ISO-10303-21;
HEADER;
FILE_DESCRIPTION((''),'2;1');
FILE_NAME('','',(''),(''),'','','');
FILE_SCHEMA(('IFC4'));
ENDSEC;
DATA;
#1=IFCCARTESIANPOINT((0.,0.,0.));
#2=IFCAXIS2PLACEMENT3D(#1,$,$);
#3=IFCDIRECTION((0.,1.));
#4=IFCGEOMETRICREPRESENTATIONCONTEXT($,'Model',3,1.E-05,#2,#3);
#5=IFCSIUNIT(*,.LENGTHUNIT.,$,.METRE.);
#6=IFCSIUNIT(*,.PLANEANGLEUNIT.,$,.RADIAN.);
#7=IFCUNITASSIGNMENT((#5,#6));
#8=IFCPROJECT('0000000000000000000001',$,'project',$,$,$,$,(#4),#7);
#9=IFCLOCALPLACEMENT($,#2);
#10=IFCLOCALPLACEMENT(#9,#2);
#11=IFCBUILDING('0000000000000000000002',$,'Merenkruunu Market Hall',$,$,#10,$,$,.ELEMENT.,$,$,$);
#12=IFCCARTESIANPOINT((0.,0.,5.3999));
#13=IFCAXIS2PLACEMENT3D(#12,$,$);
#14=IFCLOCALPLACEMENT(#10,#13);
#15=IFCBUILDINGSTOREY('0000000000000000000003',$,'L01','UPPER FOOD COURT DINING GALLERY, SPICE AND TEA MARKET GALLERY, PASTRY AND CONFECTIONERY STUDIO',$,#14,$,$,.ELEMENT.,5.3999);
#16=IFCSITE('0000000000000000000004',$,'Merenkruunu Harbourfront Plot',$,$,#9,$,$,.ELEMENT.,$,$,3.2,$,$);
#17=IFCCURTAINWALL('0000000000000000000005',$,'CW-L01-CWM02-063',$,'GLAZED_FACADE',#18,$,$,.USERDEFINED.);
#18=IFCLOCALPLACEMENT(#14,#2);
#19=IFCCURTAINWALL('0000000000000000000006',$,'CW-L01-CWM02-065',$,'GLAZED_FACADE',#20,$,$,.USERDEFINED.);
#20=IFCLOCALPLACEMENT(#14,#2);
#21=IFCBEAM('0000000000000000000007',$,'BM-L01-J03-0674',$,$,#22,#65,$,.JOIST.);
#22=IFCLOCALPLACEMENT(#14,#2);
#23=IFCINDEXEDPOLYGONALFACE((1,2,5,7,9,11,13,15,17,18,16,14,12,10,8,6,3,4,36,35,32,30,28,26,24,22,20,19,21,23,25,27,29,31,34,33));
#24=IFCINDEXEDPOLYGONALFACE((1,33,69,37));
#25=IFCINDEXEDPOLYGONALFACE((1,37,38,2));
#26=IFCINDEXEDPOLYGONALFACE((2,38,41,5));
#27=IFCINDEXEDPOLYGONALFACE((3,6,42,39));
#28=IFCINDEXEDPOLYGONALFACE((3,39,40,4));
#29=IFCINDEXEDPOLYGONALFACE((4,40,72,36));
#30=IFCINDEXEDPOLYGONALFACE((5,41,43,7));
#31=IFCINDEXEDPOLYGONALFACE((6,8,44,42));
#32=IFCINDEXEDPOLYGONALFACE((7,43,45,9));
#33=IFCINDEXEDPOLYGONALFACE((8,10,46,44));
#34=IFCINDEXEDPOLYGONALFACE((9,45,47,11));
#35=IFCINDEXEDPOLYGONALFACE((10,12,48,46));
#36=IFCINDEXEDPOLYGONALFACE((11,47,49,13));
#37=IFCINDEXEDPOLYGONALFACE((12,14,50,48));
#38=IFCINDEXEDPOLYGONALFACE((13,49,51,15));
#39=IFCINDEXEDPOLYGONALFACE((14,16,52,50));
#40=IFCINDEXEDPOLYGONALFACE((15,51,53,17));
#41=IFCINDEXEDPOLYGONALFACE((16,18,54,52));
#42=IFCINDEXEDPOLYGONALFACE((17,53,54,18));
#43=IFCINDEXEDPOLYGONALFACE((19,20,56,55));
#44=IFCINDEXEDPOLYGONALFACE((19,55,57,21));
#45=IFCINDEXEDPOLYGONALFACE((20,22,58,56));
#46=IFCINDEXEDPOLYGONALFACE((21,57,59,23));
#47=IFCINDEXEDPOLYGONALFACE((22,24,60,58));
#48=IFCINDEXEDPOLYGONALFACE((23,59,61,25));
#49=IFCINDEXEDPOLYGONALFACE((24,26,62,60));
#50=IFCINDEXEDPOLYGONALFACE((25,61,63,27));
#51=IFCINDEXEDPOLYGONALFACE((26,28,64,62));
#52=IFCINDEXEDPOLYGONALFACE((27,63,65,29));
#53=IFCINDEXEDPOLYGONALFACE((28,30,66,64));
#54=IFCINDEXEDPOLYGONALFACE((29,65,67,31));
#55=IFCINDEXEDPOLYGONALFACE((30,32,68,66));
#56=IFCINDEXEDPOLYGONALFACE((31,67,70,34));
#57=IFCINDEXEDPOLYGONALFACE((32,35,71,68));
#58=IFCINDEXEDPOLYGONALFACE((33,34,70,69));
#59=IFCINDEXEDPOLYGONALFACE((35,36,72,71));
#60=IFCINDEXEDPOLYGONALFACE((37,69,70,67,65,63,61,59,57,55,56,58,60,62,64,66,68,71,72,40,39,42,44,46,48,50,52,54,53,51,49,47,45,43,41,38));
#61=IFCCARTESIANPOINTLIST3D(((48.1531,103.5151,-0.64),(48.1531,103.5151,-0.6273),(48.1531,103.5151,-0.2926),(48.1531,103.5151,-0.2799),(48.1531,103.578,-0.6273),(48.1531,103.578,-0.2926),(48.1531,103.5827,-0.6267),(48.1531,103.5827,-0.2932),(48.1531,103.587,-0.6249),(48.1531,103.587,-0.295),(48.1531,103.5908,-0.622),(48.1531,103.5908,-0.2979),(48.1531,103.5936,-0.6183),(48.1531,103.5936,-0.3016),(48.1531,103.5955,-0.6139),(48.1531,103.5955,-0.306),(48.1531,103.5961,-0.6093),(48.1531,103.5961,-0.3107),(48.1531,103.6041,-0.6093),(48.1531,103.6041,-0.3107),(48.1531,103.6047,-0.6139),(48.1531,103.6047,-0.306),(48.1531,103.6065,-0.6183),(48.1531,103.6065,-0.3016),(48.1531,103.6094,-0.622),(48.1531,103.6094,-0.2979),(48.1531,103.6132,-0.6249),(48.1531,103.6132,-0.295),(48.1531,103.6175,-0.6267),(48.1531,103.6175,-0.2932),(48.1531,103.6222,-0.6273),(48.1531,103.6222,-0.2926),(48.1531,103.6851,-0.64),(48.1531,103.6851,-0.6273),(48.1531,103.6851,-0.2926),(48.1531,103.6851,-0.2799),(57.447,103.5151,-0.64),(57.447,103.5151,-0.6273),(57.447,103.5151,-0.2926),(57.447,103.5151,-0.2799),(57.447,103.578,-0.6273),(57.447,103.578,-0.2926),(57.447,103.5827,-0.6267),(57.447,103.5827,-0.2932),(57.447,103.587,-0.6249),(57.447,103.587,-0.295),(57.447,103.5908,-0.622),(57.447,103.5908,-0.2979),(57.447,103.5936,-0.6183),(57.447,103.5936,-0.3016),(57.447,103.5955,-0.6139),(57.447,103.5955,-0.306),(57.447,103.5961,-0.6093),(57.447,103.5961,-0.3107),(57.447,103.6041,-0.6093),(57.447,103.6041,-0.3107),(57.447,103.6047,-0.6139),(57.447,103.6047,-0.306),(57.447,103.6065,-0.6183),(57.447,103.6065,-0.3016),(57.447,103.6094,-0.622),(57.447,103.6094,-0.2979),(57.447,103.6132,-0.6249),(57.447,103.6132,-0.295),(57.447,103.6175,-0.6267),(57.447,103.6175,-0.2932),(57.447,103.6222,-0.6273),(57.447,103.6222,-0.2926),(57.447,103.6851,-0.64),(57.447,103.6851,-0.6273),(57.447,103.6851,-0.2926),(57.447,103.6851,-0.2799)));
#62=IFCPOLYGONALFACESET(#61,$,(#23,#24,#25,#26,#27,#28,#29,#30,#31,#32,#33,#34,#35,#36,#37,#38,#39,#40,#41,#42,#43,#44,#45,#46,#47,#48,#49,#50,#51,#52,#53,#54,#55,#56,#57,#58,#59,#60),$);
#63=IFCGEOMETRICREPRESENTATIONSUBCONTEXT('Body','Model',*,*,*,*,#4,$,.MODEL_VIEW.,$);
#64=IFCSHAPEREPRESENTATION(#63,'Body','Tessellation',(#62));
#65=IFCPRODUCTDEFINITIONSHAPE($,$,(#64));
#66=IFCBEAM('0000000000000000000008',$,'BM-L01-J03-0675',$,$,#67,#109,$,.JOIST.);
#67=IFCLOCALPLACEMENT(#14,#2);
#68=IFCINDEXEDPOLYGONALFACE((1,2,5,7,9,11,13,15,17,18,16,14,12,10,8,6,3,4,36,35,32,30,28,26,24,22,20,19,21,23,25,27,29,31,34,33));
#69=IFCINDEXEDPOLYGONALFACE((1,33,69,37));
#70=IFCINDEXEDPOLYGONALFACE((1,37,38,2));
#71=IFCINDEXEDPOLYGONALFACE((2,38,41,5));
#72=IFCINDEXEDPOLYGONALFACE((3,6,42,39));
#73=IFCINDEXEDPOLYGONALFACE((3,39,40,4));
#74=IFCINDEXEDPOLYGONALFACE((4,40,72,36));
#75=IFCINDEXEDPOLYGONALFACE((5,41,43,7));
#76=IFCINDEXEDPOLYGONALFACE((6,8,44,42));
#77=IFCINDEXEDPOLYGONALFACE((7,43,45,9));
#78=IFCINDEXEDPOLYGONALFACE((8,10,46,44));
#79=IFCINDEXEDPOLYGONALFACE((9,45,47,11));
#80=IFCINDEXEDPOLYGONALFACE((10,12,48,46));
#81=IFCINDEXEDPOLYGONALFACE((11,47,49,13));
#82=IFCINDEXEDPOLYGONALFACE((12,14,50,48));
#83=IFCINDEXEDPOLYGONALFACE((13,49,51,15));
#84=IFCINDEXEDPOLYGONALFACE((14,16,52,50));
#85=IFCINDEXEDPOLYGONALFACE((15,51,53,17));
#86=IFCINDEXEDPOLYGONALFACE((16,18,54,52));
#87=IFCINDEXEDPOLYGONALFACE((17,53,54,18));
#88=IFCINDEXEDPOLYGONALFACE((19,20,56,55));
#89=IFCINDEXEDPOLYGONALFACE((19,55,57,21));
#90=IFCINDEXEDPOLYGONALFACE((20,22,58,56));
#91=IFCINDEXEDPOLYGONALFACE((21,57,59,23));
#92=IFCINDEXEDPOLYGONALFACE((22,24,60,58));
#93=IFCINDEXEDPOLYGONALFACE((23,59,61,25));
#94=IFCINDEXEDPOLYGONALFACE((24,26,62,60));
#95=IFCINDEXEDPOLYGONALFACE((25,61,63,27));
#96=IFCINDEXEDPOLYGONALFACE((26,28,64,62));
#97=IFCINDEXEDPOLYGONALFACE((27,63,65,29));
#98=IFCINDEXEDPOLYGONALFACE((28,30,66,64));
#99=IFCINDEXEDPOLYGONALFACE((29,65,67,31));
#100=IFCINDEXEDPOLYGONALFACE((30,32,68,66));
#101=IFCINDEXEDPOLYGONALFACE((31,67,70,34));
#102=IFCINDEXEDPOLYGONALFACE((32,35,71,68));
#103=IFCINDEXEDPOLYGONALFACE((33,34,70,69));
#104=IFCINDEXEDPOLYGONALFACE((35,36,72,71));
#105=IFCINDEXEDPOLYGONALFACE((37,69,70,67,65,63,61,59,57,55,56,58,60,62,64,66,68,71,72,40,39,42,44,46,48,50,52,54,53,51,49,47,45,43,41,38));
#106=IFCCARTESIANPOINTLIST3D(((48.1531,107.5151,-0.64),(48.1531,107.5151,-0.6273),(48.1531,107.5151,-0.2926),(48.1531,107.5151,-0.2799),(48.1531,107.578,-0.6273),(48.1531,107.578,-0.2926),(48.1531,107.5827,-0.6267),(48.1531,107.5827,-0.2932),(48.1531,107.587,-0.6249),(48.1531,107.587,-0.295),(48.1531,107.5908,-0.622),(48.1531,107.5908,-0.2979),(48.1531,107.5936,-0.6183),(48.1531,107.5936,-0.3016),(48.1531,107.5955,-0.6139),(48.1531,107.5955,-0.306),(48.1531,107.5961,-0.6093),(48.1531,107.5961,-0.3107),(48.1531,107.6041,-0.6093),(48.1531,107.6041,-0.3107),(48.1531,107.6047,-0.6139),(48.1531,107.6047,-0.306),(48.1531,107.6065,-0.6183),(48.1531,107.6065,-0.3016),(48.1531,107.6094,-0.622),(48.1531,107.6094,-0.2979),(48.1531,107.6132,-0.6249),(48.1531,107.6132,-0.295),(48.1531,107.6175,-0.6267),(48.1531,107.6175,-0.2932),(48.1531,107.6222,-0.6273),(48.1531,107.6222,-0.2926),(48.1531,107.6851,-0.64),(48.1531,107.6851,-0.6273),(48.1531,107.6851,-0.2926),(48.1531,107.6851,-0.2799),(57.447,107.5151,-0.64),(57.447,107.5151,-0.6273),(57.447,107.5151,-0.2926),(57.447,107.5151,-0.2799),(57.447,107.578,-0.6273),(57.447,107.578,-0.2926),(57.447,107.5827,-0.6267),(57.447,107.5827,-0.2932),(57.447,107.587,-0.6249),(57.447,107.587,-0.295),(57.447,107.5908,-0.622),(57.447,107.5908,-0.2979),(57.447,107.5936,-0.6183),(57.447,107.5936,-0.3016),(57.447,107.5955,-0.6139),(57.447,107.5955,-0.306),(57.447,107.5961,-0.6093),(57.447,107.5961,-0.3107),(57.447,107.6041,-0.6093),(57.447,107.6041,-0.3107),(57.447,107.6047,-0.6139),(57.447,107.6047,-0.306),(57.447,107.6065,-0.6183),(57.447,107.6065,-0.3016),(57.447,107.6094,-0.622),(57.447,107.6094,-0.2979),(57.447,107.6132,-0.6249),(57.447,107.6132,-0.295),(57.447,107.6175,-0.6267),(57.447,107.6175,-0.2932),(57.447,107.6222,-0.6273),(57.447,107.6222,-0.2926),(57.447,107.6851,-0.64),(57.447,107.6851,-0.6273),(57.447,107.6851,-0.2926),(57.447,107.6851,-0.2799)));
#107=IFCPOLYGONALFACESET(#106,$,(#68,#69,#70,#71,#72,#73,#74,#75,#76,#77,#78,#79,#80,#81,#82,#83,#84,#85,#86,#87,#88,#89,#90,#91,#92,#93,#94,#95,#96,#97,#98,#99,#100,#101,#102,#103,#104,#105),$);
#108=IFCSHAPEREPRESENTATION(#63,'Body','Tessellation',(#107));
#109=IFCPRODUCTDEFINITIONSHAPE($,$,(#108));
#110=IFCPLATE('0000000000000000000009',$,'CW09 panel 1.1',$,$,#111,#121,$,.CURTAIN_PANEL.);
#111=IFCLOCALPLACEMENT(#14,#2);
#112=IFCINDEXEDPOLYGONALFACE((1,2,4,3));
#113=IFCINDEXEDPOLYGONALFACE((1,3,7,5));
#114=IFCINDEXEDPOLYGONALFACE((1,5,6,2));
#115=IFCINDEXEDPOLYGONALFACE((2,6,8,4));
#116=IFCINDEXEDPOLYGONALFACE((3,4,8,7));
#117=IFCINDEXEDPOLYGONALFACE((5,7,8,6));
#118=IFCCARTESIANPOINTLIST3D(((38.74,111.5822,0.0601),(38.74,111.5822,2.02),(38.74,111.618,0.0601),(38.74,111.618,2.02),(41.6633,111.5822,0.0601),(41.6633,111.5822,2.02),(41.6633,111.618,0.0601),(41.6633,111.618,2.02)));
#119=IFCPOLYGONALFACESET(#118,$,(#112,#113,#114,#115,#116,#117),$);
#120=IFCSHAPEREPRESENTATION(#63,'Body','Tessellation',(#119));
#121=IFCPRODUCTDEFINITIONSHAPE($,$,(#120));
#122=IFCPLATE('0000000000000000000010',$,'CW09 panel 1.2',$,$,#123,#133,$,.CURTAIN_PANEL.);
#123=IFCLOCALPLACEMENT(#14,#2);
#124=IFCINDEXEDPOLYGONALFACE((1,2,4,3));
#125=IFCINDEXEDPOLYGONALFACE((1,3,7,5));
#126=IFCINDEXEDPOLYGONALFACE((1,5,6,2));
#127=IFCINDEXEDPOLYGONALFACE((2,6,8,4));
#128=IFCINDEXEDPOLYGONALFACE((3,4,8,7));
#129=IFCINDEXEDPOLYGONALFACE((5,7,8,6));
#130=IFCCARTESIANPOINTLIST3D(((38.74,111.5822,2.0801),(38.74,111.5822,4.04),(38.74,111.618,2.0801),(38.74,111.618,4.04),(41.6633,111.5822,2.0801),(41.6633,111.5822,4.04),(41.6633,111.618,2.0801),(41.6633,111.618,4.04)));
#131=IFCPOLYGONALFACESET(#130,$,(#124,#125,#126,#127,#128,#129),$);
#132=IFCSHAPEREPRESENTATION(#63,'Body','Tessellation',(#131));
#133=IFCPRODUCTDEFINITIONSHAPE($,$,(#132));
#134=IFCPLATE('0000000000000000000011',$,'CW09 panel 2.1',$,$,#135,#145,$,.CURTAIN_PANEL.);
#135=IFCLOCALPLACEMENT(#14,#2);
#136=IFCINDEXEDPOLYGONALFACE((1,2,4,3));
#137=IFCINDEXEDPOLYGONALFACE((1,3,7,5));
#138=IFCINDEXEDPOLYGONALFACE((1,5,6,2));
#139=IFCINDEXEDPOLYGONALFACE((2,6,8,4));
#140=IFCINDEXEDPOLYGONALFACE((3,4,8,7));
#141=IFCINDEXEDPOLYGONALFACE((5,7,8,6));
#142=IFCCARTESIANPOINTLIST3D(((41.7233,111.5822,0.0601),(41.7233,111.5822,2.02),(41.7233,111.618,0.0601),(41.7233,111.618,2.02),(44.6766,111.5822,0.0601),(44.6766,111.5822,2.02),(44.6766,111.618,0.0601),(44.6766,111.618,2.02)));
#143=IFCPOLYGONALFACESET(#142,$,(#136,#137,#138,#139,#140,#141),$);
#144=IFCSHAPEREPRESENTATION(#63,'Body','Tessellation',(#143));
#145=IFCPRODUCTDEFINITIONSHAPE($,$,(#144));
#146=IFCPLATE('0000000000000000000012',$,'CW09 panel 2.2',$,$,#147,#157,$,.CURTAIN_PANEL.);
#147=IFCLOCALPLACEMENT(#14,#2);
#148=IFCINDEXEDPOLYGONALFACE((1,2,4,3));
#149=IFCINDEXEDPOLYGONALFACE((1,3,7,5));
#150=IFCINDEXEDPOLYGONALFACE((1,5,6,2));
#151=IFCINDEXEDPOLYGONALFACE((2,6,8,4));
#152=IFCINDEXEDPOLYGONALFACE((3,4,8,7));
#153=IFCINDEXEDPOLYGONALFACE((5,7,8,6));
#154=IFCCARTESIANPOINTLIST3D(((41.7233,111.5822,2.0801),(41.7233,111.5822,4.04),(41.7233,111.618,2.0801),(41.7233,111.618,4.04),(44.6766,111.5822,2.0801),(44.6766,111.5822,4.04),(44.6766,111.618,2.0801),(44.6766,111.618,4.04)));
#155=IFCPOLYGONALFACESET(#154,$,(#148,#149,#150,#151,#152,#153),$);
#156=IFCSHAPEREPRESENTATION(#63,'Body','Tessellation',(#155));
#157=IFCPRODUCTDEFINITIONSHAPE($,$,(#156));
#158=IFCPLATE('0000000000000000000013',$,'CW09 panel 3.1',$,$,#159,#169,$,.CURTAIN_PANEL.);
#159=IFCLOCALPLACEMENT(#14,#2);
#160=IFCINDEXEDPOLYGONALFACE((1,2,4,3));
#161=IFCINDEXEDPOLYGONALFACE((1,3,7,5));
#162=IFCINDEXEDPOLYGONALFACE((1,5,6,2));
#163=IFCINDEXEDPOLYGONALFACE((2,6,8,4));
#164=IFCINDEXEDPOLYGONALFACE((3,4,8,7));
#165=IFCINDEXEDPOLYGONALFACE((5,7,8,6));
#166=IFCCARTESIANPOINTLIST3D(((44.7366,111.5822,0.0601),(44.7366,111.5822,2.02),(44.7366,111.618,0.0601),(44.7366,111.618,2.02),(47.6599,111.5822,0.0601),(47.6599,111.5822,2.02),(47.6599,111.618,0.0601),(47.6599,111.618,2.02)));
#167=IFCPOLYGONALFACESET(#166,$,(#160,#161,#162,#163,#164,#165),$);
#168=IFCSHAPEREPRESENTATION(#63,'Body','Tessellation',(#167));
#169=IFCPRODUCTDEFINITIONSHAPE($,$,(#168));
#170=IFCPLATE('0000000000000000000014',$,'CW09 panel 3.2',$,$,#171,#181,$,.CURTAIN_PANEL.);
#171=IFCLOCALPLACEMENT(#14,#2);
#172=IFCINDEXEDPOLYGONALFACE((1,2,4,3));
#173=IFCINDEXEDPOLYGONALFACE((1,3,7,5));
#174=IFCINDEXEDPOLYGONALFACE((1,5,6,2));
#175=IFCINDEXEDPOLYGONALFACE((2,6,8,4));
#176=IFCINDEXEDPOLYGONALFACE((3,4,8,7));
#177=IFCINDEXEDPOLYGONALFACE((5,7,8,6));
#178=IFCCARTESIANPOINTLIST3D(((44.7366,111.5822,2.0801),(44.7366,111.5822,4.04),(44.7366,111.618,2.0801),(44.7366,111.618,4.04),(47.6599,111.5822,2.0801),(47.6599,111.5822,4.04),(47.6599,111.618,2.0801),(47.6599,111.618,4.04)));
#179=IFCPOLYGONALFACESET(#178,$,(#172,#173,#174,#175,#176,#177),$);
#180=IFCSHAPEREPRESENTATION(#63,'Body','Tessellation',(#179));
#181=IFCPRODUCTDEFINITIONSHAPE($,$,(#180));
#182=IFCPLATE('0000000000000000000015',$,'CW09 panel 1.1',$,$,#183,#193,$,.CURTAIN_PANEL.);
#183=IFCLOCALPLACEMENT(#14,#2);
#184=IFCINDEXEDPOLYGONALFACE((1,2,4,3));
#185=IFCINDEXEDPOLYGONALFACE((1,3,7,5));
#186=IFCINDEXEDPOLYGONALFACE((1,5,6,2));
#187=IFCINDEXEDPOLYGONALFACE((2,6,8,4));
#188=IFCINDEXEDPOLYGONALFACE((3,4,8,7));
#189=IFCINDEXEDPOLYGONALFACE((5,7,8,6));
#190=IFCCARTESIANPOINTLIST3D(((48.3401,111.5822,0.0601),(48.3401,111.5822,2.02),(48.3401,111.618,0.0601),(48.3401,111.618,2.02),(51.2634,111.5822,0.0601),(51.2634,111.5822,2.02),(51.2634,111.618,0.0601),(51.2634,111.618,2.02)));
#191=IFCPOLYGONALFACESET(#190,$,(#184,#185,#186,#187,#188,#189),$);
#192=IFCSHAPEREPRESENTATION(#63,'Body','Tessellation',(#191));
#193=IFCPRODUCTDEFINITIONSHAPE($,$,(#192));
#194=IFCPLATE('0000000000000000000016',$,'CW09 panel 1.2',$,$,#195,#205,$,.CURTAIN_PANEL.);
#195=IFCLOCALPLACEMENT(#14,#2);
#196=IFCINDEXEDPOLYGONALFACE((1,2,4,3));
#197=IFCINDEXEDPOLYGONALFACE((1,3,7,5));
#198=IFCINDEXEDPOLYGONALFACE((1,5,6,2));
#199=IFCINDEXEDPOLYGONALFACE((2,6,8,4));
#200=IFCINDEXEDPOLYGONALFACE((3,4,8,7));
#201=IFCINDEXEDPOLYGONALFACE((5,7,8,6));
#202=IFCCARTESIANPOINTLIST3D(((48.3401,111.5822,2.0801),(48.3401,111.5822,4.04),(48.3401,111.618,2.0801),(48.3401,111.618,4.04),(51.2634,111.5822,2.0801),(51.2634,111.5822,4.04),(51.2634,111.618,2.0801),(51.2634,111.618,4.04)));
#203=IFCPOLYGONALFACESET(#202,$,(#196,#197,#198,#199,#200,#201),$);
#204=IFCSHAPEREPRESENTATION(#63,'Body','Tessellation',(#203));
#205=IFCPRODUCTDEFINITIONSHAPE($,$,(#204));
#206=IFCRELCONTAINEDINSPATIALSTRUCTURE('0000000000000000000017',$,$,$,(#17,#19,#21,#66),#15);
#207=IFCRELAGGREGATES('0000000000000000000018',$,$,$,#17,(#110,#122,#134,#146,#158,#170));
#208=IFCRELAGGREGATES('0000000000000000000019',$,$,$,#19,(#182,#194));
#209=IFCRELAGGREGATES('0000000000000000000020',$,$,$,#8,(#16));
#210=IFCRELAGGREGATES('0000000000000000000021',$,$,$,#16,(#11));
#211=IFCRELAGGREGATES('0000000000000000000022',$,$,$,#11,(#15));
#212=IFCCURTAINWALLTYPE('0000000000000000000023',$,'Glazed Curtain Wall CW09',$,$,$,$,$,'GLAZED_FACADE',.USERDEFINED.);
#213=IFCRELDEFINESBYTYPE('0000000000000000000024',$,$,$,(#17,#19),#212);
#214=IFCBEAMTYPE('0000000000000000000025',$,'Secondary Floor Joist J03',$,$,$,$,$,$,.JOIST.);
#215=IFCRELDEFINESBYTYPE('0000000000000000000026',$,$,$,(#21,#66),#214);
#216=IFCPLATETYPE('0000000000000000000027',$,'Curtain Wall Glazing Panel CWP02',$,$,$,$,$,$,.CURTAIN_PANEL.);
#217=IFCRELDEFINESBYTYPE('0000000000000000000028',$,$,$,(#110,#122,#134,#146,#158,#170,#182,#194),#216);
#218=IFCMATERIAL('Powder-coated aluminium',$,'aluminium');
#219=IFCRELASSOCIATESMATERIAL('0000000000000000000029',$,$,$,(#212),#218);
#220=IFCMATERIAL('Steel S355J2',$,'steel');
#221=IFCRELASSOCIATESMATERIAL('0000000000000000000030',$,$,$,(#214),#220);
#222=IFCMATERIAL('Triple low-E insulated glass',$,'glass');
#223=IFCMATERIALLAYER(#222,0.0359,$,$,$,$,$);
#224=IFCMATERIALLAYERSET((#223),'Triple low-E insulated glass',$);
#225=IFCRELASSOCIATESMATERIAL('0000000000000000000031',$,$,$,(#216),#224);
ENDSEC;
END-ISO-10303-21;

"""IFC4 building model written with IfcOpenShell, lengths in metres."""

from ifc_helpers import new_model, si_unit, direction, frame, origin, origin_2d, place, context, subcontext, project, spatial, rectangle, i_section, extrude, material, layer, layer_set, material_profile, profile_set, type_object, element, aggregate, save


model = new_model("IFC4")

# Units and contexts
model_context = context("Model", 3, precision=1e-05, world=origin(), true_north=direction((0.0, 1.0)))
body_context = subcontext(model_context, "Body", "Model", "MODEL_VIEW")
ifc_project = project(units=[si_unit("LENGTHUNIT", "METRE"), si_unit("PLANEANGLEUNIT", "RADIAN")], contexts=[model_context])

# Site, building, storey
site_placement = place(None, origin())
site = spatial("IfcSite", under=ifc_project, at=site_placement, Name="Merenkruunu Harbourfront Plot", CompositionType="ELEMENT", RefElevation=3.2)
building_placement = place(site_placement, origin())
building = spatial("IfcBuilding", under=site, at=building_placement, Name="Merenkruunu Market Hall", CompositionType="ELEMENT")
storey_placement = place(building_placement, frame((0.0, 0.0, 5.3999)))
storey = spatial("IfcBuildingStorey", under=building, at=storey_placement, Name="L01", Description="UPPER FOOD COURT DINING GALLERY, SPICE AND TEA MARKET GALLERY, PASTRY AND CONFECTIONERY STUDIO", CompositionType="ELEMENT", Elevation=5.3999)

# Shared definitions
ifc_material_1 = material(Name="Steel S355J2", Category="steel")

# Shared definitions
ifc_material_2 = material(Name="Powder-coated aluminium", Category="aluminium")
curtain_wall_type = type_object("IfcCurtainWallType", Name="Glazed Curtain Wall CW09", ElementType="GLAZED_FACADE", PredefinedType="USERDEFINED", material=ifc_material_2)

# Curtain wall
curtain_wall_1_placement = place(storey_placement, origin())
curtain_wall_1 = element("IfcCurtainWall", 1, at=curtain_wall_1_placement, inside=storey, type_object=curtain_wall_type, Name="CW-L01-CWM02-063", ObjectType="GLAZED_FACADE", PredefinedType="USERDEFINED")

# Curtain wall
curtain_wall_2_placement = place(storey_placement, origin())
curtain_wall_2 = element("IfcCurtainWall", 2, at=curtain_wall_2_placement, inside=storey, type_object=curtain_wall_type, Name="CW-L01-CWM02-065", ObjectType="GLAZED_FACADE", PredefinedType="USERDEFINED")

# Beams
ifc_material_profile_1 = material_profile(ifc_material_1, i_section(OverallWidth=0.1699, OverallDepth=0.3601, WebThickness=0.0081, FlangeThickness=0.0127, FilletRadius=0.0181, at=origin_2d()), Name="IPE 360")
ifc_profile_set_1 = profile_set([ifc_material_profile_1], Name="Steel S355J2")
beam_type_1 = type_object("IfcBeamType", Name="Secondary Floor Joist J03", PredefinedType="JOIST", material=ifc_profile_set_1)
for number, where, z_axis, x_axis, name in (
    (3, (48.1531, 103.6001, -0.46), (1.0, 0.0, 0.0), (0.0, 1.0, 0.0), "BM-L01-J03-0674"),
    (4, (48.1531, 107.6001, -0.46), (1.0, 0.0, 0.0), (0.0, 1.0, 0.0), "BM-L01-J03-0675"),
):
    element("IfcBeam", number, at=place(storey_placement, frame(where, z_axis=z_axis, x_axis=x_axis)), inside=storey, type_object=beam_type_1, Name=name, PredefinedType="JOIST", context=body_context, shape_type="SweptSolid", body=[
        extrude(i_section(OverallWidth=0.1699, OverallDepth=0.3601, WebThickness=0.0081, FlangeThickness=0.0127, FilletRadius=0.0181, at=origin_2d()), origin(), (0.0, 0.0, 1.0), 9.2939),
    ])

# Plates
ifc_material_3 = material(Name="Triple low-E insulated glass", Category="glass")
ifc_layer_1 = layer(ifc_material_3, 0.0359)
ifc_layer_set_1 = layer_set([ifc_layer_1], Name="Triple low-E insulated glass")
plate_type = type_object("IfcPlateType", Name="Curtain Wall Glazing Panel CWP02", PredefinedType="CURTAIN_PANEL", material=ifc_layer_set_1)
plate_1_placement = place(storey_placement, frame((40.2017, 111.6001, 0.0601), z_axis=(0.0, 0.0, 1.0), x_axis=(1.0, 0.0, 0.0)))
plate_1 = element("IfcPlate", 5, at=plate_1_placement, type_object=plate_type, Name="CW09 panel 1.1", PredefinedType="CURTAIN_PANEL", context=body_context, shape_type="SweptSolid", body=[
    extrude(rectangle(XDim=2.9233, YDim=0.0359, at=origin_2d()), origin(), (0.0, 0.0, 1.0), 1.96),
])
plate_2_placement = place(storey_placement, frame((40.2017, 111.6001, 2.0801), z_axis=(0.0, 0.0, 1.0), x_axis=(1.0, 0.0, 0.0)))
plate_2 = element("IfcPlate", 6, at=plate_2_placement, type_object=plate_type, Name="CW09 panel 1.2", PredefinedType="CURTAIN_PANEL", context=body_context, shape_type="SweptSolid", body=[
    extrude(rectangle(XDim=2.9233, YDim=0.0359, at=origin_2d()), origin(), (0.0, 0.0, 1.0), 1.96),
])
plate_3_placement = place(storey_placement, frame((43.2, 111.6001, 0.0601), z_axis=(0.0, 0.0, 1.0), x_axis=(1.0, 0.0, 0.0)))
plate_3 = element("IfcPlate", 7, at=plate_3_placement, type_object=plate_type, Name="CW09 panel 2.1", PredefinedType="CURTAIN_PANEL", context=body_context, shape_type="SweptSolid", body=[
    extrude(rectangle(XDim=2.9534, YDim=0.0359, at=origin_2d()), origin(), (0.0, 0.0, 1.0), 1.96),
])
plate_4_placement = place(storey_placement, frame((43.2, 111.6001, 2.0801), z_axis=(0.0, 0.0, 1.0), x_axis=(1.0, 0.0, 0.0)))
plate_4 = element("IfcPlate", 8, at=plate_4_placement, type_object=plate_type, Name="CW09 panel 2.2", PredefinedType="CURTAIN_PANEL", context=body_context, shape_type="SweptSolid", body=[
    extrude(rectangle(XDim=2.9534, YDim=0.0359, at=origin_2d()), origin(), (0.0, 0.0, 1.0), 1.96),
])
plate_5_placement = place(storey_placement, frame((46.1982, 111.6001, 0.0601), z_axis=(0.0, 0.0, 1.0), x_axis=(1.0, 0.0, 0.0)))
plate_5 = element("IfcPlate", 9, at=plate_5_placement, type_object=plate_type, Name="CW09 panel 3.1", PredefinedType="CURTAIN_PANEL", context=body_context, shape_type="SweptSolid", body=[
    extrude(rectangle(XDim=2.9233, YDim=0.0359, at=origin_2d()), origin(), (0.0, 0.0, 1.0), 1.96),
])
plate_6_placement = place(storey_placement, frame((46.1982, 111.6001, 2.0801), z_axis=(0.0, 0.0, 1.0), x_axis=(1.0, 0.0, 0.0)))
plate_6 = element("IfcPlate", 10, at=plate_6_placement, type_object=plate_type, Name="CW09 panel 3.2", PredefinedType="CURTAIN_PANEL", context=body_context, shape_type="SweptSolid", body=[
    extrude(rectangle(XDim=2.9233, YDim=0.0359, at=origin_2d()), origin(), (0.0, 0.0, 1.0), 1.96),
])
aggregate(curtain_wall_1, [plate_1, plate_2, plate_3, plate_4, plate_5, plate_6])
plate_7_placement = place(storey_placement, frame((49.8018, 111.6001, 0.0601), z_axis=(0.0, 0.0, 1.0), x_axis=(1.0, 0.0, 0.0)))
plate_7 = element("IfcPlate", 11, at=plate_7_placement, type_object=plate_type, Name="CW09 panel 1.1", PredefinedType="CURTAIN_PANEL", context=body_context, shape_type="SweptSolid", body=[
    extrude(rectangle(XDim=2.9233, YDim=0.0359, at=origin_2d()), origin(), (0.0, 0.0, 1.0), 1.96),
])
plate_8_placement = place(storey_placement, frame((49.8018, 111.6001, 2.0801), z_axis=(0.0, 0.0, 1.0), x_axis=(1.0, 0.0, 0.0)))
plate_8 = element("IfcPlate", 12, at=plate_8_placement, type_object=plate_type, Name="CW09 panel 1.2", PredefinedType="CURTAIN_PANEL", context=body_context, shape_type="SweptSolid", body=[
    extrude(rectangle(XDim=2.9233, YDim=0.0359, at=origin_2d()), origin(), (0.0, 0.0, 1.0), 1.96),
])
aggregate(curtain_wall_2, [plate_7, plate_8])

save(model, "model.ifc")
